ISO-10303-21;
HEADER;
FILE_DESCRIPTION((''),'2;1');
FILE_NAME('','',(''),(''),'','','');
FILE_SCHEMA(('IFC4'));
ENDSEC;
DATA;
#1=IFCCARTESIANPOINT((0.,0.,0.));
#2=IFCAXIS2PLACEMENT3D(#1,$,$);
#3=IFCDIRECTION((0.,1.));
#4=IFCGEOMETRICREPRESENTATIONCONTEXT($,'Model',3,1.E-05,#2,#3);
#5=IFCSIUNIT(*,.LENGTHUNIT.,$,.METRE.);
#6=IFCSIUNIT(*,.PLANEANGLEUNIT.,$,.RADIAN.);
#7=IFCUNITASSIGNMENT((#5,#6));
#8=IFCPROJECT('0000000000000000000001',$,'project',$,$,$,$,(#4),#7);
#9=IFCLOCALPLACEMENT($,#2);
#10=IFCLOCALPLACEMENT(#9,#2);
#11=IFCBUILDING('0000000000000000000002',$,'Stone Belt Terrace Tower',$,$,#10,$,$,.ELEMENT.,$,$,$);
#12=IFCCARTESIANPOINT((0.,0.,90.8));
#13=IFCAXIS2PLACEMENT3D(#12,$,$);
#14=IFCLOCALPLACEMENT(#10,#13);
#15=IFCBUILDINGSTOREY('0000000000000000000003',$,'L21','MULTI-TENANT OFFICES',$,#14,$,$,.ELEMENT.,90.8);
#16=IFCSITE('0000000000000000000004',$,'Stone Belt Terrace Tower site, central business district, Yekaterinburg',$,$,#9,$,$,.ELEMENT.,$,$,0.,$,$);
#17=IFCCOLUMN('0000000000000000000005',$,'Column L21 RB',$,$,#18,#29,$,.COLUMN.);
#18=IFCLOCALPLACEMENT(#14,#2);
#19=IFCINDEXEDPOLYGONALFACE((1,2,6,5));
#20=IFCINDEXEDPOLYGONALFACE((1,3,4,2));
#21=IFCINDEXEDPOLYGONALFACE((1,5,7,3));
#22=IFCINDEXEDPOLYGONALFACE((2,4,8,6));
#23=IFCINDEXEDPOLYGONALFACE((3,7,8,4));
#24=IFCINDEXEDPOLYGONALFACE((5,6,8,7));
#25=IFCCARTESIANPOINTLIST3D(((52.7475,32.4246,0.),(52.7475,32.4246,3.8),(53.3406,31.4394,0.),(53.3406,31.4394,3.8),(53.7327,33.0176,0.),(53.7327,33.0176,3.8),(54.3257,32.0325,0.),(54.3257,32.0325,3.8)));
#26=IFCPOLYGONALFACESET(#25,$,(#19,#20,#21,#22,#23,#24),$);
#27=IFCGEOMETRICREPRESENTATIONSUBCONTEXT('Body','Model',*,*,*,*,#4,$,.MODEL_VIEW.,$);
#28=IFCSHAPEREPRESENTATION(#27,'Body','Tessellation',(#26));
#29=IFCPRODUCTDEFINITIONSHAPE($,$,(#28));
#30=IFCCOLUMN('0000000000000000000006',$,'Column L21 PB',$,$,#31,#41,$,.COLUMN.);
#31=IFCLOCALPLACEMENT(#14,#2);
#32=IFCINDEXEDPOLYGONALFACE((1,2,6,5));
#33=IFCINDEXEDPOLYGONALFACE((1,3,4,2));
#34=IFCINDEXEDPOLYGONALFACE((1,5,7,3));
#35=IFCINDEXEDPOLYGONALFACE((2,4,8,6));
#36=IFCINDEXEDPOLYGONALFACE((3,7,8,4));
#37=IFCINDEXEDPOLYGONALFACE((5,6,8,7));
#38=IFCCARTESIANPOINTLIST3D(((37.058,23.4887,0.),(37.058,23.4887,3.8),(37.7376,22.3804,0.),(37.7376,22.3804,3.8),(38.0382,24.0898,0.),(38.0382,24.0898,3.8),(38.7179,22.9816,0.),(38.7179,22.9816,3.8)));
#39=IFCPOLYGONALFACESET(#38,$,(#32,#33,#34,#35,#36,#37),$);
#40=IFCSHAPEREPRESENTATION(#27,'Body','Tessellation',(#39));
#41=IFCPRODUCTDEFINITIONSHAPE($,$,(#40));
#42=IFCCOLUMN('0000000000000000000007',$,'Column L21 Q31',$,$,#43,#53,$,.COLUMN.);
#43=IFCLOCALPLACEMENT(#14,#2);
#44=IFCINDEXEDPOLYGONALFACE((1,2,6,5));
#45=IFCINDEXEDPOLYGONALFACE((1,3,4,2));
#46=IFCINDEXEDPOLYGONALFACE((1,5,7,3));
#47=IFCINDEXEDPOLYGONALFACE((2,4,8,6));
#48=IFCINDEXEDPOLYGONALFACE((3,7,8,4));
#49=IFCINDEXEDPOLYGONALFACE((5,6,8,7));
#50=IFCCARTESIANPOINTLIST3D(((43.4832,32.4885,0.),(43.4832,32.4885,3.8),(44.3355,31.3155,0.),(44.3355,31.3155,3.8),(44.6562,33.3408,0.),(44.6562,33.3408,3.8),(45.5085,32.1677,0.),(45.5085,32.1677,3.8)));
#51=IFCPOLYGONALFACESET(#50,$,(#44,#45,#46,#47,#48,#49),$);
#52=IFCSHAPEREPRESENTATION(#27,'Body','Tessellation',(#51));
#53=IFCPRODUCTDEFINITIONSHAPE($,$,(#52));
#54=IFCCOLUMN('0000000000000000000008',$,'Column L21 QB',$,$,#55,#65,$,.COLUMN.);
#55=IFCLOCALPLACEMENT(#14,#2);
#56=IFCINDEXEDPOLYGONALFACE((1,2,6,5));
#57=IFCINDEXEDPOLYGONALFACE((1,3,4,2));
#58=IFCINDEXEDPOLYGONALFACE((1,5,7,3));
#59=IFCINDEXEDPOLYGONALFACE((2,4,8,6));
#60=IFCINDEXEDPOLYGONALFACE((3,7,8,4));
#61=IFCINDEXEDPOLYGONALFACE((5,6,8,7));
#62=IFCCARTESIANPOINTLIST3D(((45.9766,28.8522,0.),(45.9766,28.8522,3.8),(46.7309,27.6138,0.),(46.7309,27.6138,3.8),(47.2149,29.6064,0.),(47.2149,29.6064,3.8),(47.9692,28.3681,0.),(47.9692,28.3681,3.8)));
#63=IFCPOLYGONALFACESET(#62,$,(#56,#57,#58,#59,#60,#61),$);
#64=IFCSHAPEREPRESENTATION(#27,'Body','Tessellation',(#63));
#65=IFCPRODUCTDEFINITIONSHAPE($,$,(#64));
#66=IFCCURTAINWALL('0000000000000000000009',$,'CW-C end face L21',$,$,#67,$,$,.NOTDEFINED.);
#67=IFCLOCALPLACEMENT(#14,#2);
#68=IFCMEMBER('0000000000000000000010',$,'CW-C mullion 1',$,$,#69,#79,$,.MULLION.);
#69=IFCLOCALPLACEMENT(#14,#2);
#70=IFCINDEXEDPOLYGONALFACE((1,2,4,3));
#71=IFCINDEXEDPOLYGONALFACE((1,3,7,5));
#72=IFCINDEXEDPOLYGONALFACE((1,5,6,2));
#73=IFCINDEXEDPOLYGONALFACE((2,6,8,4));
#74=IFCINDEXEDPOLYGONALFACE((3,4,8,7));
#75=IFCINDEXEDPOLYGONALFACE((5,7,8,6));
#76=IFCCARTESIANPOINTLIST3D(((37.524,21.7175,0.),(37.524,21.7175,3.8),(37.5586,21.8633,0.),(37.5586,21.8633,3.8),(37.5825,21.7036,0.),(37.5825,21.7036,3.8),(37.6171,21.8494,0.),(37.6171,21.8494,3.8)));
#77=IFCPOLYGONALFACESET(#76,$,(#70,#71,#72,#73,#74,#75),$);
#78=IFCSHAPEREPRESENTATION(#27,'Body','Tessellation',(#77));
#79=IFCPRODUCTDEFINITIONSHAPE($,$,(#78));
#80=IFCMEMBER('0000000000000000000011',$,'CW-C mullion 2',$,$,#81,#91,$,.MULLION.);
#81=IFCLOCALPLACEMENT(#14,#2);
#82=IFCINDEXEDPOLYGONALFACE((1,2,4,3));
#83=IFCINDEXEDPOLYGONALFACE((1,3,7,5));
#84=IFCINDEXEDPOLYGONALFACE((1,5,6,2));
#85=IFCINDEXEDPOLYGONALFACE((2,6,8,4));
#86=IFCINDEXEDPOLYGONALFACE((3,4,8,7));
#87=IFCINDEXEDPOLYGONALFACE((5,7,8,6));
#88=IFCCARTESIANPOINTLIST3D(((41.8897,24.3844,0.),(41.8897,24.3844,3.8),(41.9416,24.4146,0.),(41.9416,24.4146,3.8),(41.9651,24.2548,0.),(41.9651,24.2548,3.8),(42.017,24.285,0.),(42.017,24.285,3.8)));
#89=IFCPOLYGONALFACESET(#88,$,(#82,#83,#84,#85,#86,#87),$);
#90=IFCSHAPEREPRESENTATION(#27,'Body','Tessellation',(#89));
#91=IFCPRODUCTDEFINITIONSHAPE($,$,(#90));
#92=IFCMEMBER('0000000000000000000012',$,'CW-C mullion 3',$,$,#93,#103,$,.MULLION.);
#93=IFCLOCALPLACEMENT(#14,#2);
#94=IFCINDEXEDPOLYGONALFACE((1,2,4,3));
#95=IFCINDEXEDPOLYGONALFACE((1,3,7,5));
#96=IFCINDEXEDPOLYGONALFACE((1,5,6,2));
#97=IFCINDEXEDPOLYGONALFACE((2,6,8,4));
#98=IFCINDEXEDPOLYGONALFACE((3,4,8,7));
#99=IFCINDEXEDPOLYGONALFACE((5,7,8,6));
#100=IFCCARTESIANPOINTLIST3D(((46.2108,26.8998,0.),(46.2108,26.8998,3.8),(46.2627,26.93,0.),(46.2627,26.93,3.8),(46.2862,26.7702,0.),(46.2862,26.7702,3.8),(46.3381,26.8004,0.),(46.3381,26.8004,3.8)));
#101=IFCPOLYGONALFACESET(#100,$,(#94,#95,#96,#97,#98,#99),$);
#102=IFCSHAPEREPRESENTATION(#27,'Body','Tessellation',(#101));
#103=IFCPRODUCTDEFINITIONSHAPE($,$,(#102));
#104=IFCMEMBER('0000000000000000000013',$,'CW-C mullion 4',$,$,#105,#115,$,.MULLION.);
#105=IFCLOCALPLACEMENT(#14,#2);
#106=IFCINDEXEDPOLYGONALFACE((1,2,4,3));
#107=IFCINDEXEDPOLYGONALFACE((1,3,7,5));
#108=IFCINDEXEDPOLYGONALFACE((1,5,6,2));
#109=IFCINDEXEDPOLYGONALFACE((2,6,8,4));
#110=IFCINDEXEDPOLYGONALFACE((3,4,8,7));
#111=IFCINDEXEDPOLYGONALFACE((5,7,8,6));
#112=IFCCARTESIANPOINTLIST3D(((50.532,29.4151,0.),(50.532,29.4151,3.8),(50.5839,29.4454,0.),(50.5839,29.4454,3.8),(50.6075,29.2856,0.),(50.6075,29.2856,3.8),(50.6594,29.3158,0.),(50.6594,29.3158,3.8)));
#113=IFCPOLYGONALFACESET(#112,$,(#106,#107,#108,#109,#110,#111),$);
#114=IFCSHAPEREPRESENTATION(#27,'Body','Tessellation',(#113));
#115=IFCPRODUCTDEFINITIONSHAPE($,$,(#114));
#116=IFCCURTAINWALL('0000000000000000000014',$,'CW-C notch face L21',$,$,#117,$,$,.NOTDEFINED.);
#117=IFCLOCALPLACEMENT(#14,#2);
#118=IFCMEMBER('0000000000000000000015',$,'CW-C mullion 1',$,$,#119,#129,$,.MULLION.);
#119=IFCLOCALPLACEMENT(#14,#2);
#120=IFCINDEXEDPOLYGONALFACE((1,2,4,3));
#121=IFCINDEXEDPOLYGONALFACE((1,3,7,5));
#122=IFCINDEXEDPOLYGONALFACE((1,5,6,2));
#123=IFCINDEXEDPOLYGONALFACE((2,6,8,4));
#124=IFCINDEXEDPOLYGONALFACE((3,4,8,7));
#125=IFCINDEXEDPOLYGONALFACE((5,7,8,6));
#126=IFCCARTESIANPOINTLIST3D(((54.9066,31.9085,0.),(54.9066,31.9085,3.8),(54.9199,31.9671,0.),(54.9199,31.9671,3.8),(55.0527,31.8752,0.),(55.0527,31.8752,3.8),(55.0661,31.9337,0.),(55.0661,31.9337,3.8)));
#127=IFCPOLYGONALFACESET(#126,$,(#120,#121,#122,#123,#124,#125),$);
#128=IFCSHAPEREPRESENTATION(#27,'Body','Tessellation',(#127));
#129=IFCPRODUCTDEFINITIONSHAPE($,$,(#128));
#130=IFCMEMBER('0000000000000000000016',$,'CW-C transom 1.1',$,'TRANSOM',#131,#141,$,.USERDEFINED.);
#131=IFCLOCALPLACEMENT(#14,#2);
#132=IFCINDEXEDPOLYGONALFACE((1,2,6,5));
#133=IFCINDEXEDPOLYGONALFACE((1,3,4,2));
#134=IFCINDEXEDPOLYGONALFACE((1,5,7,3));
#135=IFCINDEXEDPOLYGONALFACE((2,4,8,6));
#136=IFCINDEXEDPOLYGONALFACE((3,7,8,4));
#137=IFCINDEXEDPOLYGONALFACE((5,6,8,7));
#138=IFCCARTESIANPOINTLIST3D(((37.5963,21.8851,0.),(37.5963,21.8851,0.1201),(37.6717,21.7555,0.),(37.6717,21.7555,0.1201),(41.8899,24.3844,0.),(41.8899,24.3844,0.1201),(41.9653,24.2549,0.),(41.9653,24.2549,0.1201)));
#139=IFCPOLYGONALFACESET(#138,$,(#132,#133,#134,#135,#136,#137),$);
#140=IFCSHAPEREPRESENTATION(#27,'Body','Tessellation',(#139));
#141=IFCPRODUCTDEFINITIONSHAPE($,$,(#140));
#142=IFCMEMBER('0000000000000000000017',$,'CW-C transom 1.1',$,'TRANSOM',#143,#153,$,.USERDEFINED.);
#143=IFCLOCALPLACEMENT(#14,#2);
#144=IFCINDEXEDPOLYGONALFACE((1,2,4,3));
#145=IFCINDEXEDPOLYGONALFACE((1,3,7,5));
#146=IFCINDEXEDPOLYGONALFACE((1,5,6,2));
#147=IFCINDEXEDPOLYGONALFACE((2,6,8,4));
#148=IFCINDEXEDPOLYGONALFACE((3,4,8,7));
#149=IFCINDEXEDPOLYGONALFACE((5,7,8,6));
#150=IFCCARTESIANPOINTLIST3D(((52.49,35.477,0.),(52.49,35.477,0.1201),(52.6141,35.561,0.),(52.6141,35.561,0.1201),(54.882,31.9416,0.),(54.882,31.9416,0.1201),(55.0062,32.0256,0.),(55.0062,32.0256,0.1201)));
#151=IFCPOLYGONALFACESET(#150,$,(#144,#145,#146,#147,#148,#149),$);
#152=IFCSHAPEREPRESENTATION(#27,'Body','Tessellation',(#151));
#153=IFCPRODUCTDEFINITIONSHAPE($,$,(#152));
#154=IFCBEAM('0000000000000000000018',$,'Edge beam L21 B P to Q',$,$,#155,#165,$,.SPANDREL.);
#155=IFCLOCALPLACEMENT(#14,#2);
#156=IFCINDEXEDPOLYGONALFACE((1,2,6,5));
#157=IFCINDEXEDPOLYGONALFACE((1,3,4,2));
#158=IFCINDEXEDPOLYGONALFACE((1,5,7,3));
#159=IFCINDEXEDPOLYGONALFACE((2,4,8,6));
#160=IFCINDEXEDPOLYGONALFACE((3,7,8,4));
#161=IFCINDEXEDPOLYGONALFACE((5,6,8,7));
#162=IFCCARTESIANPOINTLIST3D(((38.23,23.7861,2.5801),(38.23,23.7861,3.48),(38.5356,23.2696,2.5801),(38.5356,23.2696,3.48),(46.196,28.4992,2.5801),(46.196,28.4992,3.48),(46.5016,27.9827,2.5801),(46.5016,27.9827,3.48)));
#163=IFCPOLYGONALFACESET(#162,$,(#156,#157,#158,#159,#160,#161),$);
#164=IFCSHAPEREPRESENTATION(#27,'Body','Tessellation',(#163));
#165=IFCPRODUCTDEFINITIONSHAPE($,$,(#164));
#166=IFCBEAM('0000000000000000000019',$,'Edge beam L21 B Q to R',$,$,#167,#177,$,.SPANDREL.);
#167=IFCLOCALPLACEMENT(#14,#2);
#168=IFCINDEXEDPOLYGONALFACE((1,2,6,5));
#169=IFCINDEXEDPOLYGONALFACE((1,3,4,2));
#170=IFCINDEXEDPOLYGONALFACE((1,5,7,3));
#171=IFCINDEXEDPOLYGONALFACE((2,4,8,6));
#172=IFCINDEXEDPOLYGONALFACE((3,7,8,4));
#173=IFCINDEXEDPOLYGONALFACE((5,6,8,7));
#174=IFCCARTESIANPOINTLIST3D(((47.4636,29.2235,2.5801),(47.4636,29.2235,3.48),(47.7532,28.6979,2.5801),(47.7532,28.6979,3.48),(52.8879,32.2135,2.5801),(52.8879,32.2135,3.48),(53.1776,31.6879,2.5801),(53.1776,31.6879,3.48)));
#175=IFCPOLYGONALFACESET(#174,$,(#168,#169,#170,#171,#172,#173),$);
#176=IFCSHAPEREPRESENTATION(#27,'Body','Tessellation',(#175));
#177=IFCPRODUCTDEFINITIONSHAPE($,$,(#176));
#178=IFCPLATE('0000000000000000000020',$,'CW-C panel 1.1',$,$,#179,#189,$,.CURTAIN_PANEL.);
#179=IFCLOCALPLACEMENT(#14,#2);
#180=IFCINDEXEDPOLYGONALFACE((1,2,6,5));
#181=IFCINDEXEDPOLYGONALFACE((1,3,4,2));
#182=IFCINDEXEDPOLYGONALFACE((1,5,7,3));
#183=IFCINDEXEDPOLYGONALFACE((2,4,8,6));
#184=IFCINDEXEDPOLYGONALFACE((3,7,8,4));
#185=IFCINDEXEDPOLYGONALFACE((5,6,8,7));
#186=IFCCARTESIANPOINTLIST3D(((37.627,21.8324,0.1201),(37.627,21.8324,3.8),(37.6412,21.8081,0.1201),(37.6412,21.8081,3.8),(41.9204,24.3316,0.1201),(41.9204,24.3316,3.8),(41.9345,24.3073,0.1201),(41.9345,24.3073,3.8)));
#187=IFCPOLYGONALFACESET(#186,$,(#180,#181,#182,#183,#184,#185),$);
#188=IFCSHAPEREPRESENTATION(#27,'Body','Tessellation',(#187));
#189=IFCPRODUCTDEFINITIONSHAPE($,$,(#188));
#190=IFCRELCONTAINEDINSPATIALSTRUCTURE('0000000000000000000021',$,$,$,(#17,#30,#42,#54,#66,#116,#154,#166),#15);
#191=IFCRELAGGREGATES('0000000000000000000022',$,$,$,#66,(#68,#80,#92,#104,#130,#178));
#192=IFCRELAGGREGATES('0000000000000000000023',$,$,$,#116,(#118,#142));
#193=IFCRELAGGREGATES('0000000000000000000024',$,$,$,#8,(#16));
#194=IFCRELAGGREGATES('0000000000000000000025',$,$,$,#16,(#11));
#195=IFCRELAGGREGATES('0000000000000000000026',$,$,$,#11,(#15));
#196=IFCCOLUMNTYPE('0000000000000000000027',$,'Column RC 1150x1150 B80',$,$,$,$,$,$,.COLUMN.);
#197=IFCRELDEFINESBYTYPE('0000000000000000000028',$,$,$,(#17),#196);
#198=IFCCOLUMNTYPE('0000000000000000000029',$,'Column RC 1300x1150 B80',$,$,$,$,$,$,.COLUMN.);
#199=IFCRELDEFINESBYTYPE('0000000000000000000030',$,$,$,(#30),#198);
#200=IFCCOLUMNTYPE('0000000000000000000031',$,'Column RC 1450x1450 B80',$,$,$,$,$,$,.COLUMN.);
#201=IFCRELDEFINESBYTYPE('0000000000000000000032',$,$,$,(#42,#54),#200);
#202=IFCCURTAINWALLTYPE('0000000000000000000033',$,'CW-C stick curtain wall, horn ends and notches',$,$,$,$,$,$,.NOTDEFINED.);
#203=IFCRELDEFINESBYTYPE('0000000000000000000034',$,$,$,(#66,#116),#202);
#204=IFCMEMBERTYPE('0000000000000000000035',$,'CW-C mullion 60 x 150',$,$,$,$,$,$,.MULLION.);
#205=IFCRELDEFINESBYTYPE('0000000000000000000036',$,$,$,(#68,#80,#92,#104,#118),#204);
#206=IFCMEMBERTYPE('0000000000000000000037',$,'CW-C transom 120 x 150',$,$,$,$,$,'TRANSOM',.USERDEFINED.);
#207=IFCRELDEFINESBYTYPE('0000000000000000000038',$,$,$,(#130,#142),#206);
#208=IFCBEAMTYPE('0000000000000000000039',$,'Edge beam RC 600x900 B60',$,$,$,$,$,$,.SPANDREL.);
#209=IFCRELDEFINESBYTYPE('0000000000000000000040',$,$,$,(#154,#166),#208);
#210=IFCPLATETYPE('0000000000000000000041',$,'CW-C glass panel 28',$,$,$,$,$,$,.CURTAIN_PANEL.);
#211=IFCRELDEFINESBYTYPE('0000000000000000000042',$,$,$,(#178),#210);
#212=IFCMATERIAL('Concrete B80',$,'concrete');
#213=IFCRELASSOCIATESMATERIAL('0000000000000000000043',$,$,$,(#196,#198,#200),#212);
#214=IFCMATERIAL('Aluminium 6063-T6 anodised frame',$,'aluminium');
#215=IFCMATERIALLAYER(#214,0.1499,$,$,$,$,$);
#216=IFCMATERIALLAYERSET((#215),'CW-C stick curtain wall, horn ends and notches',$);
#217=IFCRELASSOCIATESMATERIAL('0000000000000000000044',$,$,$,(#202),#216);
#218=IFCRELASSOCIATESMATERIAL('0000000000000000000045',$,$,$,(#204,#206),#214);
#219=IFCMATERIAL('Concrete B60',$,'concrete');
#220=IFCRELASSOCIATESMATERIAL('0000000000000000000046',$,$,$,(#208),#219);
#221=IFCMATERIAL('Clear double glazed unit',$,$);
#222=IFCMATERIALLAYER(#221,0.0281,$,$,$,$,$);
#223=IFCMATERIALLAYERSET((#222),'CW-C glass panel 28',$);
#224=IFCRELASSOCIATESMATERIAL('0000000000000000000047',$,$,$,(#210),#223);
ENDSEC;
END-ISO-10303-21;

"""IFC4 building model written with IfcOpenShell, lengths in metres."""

from ifc_helpers import new_model, si_unit, direction, frame, origin, origin_2d, place, context, subcontext, project, spatial, rectangle, extrude, material, layer, layer_set, material_profile, profile_set, type_object, element, aggregate, save


model = new_model("IFC4")

# Units and contexts
model_context = context("Model", 3, precision=1e-05, world=origin(), true_north=direction((0.0, 1.0)))
body_context = subcontext(model_context, "Body", "Model", "MODEL_VIEW")
ifc_project = project(units=[si_unit("LENGTHUNIT", "METRE"), si_unit("PLANEANGLEUNIT", "RADIAN")], contexts=[model_context])

# Site, building, storey
site_placement = place(None, origin())
site = spatial("IfcSite", under=ifc_project, at=site_placement, Name="Stone Belt Terrace Tower site, central business district, Yekaterinburg", CompositionType="ELEMENT", RefElevation=0.0)
building_placement = place(site_placement, origin())
building = spatial("IfcBuilding", under=site, at=building_placement, Name="Stone Belt Terrace Tower", CompositionType="ELEMENT")
storey_placement = place(building_placement, frame((0.0, 0.0, 90.8)))
storey = spatial("IfcBuildingStorey", under=building, at=storey_placement, Name="L21", Description="MULTI-TENANT OFFICES", CompositionType="ELEMENT", Elevation=90.8)

# Columns
ifc_material_1 = material(Name="Concrete B80", Category="concrete")
ifc_material_profile_1 = material_profile(ifc_material_1, rectangle(XDim=1.1499, YDim=1.1499, at=origin_2d()), Name="RC 1150x1150")
ifc_profile_set_1 = profile_set([ifc_material_profile_1], Name="Concrete B80")
column_type_1 = type_object("IfcColumnType", Name="Column RC 1150x1150 B80", PredefinedType="COLUMN", material=ifc_profile_set_1)
column_1_placement = place(storey_placement, frame((53.5366, 32.2285, 0.0), z_axis=(0.0, 0.0, 1.0), x_axis=(0.51575, -0.856739, 0.0)))
element("IfcColumn", 1, at=column_1_placement, inside=storey, type_object=column_type_1, Name="Column L21 RB", PredefinedType="COLUMN", context=body_context, shape_type="SweptSolid", body=[
    extrude(rectangle(XDim=1.1499, YDim=1.1499, at=origin_2d()), origin(), (0.0, 0.0, 1.0), 3.8),
])
ifc_material_profile_2 = material_profile(ifc_material_1, rectangle(XDim=1.3, YDim=1.1499, at=origin_2d()), Name="RC 1300x1150")
ifc_profile_set_2 = profile_set([ifc_material_profile_2], Name="Concrete B80")
column_type_2 = type_object("IfcColumnType", Name="Column RC 1300x1150 B80", PredefinedType="COLUMN", material=ifc_profile_set_2)
column_2_placement = place(storey_placement, frame((37.8879, 23.2351, 0.0), z_axis=(0.0, 0.0, 1.0), x_axis=(0.522781, -0.852467, 0.0)))
element("IfcColumn", 2, at=column_2_placement, inside=storey, type_object=column_type_2, Name="Column L21 PB", PredefinedType="COLUMN", context=body_context, shape_type="SweptSolid", body=[
    extrude(rectangle(XDim=1.3, YDim=1.1499, at=origin_2d()), origin(), (0.0, 0.0, 1.0), 3.8),
])
ifc_material_profile_3 = material_profile(ifc_material_1, rectangle(XDim=1.45, YDim=1.45, at=origin_2d()), Name="RC 1450x1450")
ifc_profile_set_3 = profile_set([ifc_material_profile_3], Name="Concrete B80")
column_type_3 = type_object("IfcColumnType", Name="Column RC 1450x1450 B80", PredefinedType="COLUMN", material=ifc_profile_set_3)
for number, where, z_axis, x_axis, name in (
    (3, (44.4958, 32.3281, 0.0), (0.0, 0.0, 1.0), (0.587785, -0.809017, 0.0), "Column L21 Q31"),
    (4, (46.9729, 28.6101, 0.0), (0.0, 0.0, 1.0), (0.520186, -0.854053, 0.0), "Column L21 QB"),
):
    element("IfcColumn", number, at=place(storey_placement, frame(where, z_axis=z_axis, x_axis=x_axis)), inside=storey, type_object=column_type_3, Name=name, PredefinedType="COLUMN", context=body_context, shape_type="SweptSolid", body=[
        extrude(rectangle(XDim=1.45, YDim=1.45, at=origin_2d()), origin(), (0.0, 0.0, 1.0), 3.8),
    ])

# Curtain wall, members
ifc_material_2 = material(Name="Aluminium 6063-T6 anodised frame", Category="aluminium")
ifc_layer_1 = layer(ifc_material_2, 0.1499)
ifc_layer_set_1 = layer_set([ifc_layer_1], Name="CW-C stick curtain wall, horn ends and notches")
curtain_wall_type = type_object("IfcCurtainWallType", Name="CW-C stick curtain wall, horn ends and notches", PredefinedType="NOTDEFINED", material=ifc_layer_set_1)
curtain_wall_1_placement = place(storey_placement, origin())
curtain_wall_1 = element("IfcCurtainWall", 5, at=curtain_wall_1_placement, inside=storey, type_object=curtain_wall_type, Name="CW-C end face L21", PredefinedType="NOTDEFINED")
ifc_material_profile_4 = material_profile(ifc_material_2, rectangle(XDim=0.1499, YDim=0.0601, at=origin_2d()), Name="Aluminium 6063-T6 60x150")
ifc_profile_set_4 = profile_set([ifc_material_profile_4], Name="Aluminium 6063-T6 anodised frame")
member_type_1 = type_object("IfcMemberType", Name="CW-C mullion 60 x 150", PredefinedType="MULLION", material=ifc_profile_set_4)
member_1_placement = place(storey_placement, frame((37.5706, 21.7834, 0.0), z_axis=(0.0, 0.0, 1.0), x_axis=(0.230847, 0.97299, 0.0)))
member_1 = element("IfcMember", 6, at=member_1_placement, type_object=member_type_1, Name="CW-C mullion 1", PredefinedType="MULLION", context=body_context, shape_type="SweptSolid", body=[
    extrude(rectangle(XDim=0.1499, YDim=0.0601, at=origin_2d()), origin(), (0.0, 0.0, 1.0), 3.8),
])
member_2_placement = place(storey_placement, frame((41.9534, 24.3347, 0.0), z_axis=(0.0, 0.0, 1.0), x_axis=(-0.503081, 0.864239, 0.0)))
member_2 = element("IfcMember", 7, at=member_2_placement, type_object=member_type_1, Name="CW-C mullion 2", PredefinedType="MULLION", context=body_context, shape_type="SweptSolid", body=[
    extrude(rectangle(XDim=0.1499, YDim=0.0601, at=origin_2d()), origin(), (0.0, 0.0, 1.0), 3.8),
])
member_3_placement = place(storey_placement, frame((46.2744, 26.8501, 0.0), z_axis=(0.0, 0.0, 1.0), x_axis=(-0.503081, 0.864239, 0.0)))
member_3 = element("IfcMember", 8, at=member_3_placement, type_object=member_type_1, Name="CW-C mullion 3", PredefinedType="MULLION", context=body_context, shape_type="SweptSolid", body=[
    extrude(rectangle(XDim=0.1499, YDim=0.0601, at=origin_2d()), origin(), (0.0, 0.0, 1.0), 3.8),
])
member_4_placement = place(storey_placement, frame((50.5957, 29.3655, 0.0), z_axis=(0.0, 0.0, 1.0), x_axis=(-0.503081, 0.864239, 0.0)))
member_4 = element("IfcMember", 9, at=member_4_placement, type_object=member_type_1, Name="CW-C mullion 4", PredefinedType="MULLION", context=body_context, shape_type="SweptSolid", body=[
    extrude(rectangle(XDim=0.1499, YDim=0.0601, at=origin_2d()), origin(), (0.0, 0.0, 1.0), 3.8),
])

# Curtain wall, member
curtain_wall_2_placement = place(storey_placement, origin())
curtain_wall_2 = element("IfcCurtainWall", 10, at=curtain_wall_2_placement, inside=storey, type_object=curtain_wall_type, Name="CW-C notch face L21", PredefinedType="NOTDEFINED")
member_5_placement = place(storey_placement, frame((54.9863, 31.9211, 0.0), z_axis=(0.0, 0.0, 1.0), x_axis=(-0.974927, 0.222525, 0.0)))
member_5 = element("IfcMember", 11, at=member_5_placement, type_object=member_type_1, Name="CW-C mullion 1", PredefinedType="MULLION", context=body_context, shape_type="SweptSolid", body=[
    extrude(rectangle(XDim=0.1499, YDim=0.0601, at=origin_2d()), origin(), (0.0, 0.0, 1.0), 3.8),
])

# Members
ifc_material_profile_5 = material_profile(ifc_material_2, rectangle(XDim=0.1499, YDim=0.1201, at=origin_2d()), Name="Aluminium 6063-T6 150x120")
ifc_profile_set_5 = profile_set([ifc_material_profile_5], Name="Aluminium 6063-T6 anodised frame")
member_type_2 = type_object("IfcMemberType", Name="CW-C transom 120 x 150", ElementType="TRANSOM", PredefinedType="USERDEFINED", material=ifc_profile_set_5)
member_6_placement = place(storey_placement, frame((37.634, 21.8203, 0.0601), z_axis=(0.864238, 0.503082, 0.0), x_axis=(-0.503082, 0.864238, 0.0)))
member_6 = element("IfcMember", 12, at=member_6_placement, type_object=member_type_2, Name="CW-C transom 1.1", ObjectType="TRANSOM", PredefinedType="USERDEFINED", context=body_context, shape_type="SweptSolid", body=[
    extrude(rectangle(XDim=0.1499, YDim=0.1201, at=origin_2d()), origin(), (0.0, 0.0, 1.0), 4.968),
])
member_7_placement = place(storey_placement, frame((54.9441, 31.9836, 0.0601), z_axis=(-0.560389, 0.82823, 0.0), x_axis=(-0.82823, -0.560389, 0.0)))
member_7 = element("IfcMember", 13, at=member_7_placement, type_object=member_type_2, Name="CW-C transom 1.1", ObjectType="TRANSOM", PredefinedType="USERDEFINED", context=body_context, shape_type="SweptSolid", body=[
    extrude(rectangle(XDim=0.1499, YDim=0.1201, at=origin_2d()), origin(), (0.0, 0.0, 1.0), 4.2686),
])

# Beams
ifc_material_3 = material(Name="Concrete B60", Category="concrete")
ifc_material_profile_6 = material_profile(ifc_material_3, rectangle(XDim=0.6001, YDim=0.8999, at=origin_2d()), Name="RC 600x900")
ifc_profile_set_6 = profile_set([ifc_material_profile_6], Name="Concrete B60")
beam_type = type_object("IfcBeamType", Name="Edge beam RC 600x900 B60", PredefinedType="SPANDREL", material=ifc_profile_set_6)
beam_1_placement = place(storey_placement, frame((38.3828, 23.5278, 3.03), z_axis=(0.860647, 0.509203, 0.0), x_axis=(-0.509203, 0.860647, 0.0)))
element("IfcBeam", 14, at=beam_1_placement, inside=storey, type_object=beam_type, Name="Edge beam L21 B P to Q", PredefinedType="SPANDREL", context=body_context, shape_type="SweptSolid", body=[
    extrude(rectangle(XDim=0.6001, YDim=0.8999, at=origin_2d()), origin(), (0.0, 0.0, 1.0), 9.2559),
])
beam_2_placement = place(storey_placement, frame((47.6084, 28.9607, 3.03), z_axis=(0.875764, 0.482739, 0.0), x_axis=(-0.482739, 0.875764, 0.0)))
element("IfcBeam", 15, at=beam_2_placement, inside=storey, type_object=beam_type, Name="Edge beam L21 B Q to R", PredefinedType="SPANDREL", context=body_context, shape_type="SweptSolid", body=[
    extrude(rectangle(XDim=0.6001, YDim=0.8999, at=origin_2d()), origin(), (0.0, 0.0, 1.0), 6.1938),
])

# Plate
ifc_material_4 = material(Name="Clear double glazed unit")
ifc_layer_2 = layer(ifc_material_4, 0.0281)
ifc_layer_set_2 = layer_set([ifc_layer_2], Name="CW-C glass panel 28")
plate_type = type_object("IfcPlateType", Name="CW-C glass panel 28", PredefinedType="CURTAIN_PANEL", material=ifc_layer_set_2)
plate_1_placement = place(storey_placement, frame((39.7808, 23.0698, 0.1201), z_axis=(0.0, 0.0, 1.0), x_axis=(0.864239, 0.503081, 0.0)))
plate_1 = element("IfcPlate", 16, at=plate_1_placement, type_object=plate_type, Name="CW-C panel 1.1", PredefinedType="CURTAIN_PANEL", context=body_context, shape_type="SweptSolid", body=[
    extrude(rectangle(XDim=4.9678, YDim=0.0281, at=origin_2d()), origin(), (0.0, 0.0, 1.0), 3.6799),
])
aggregate(curtain_wall_1, [member_1, member_2, member_3, member_4, member_6, plate_1])
aggregate(curtain_wall_2, [member_5, member_7])

save(model, "model.ifc")
